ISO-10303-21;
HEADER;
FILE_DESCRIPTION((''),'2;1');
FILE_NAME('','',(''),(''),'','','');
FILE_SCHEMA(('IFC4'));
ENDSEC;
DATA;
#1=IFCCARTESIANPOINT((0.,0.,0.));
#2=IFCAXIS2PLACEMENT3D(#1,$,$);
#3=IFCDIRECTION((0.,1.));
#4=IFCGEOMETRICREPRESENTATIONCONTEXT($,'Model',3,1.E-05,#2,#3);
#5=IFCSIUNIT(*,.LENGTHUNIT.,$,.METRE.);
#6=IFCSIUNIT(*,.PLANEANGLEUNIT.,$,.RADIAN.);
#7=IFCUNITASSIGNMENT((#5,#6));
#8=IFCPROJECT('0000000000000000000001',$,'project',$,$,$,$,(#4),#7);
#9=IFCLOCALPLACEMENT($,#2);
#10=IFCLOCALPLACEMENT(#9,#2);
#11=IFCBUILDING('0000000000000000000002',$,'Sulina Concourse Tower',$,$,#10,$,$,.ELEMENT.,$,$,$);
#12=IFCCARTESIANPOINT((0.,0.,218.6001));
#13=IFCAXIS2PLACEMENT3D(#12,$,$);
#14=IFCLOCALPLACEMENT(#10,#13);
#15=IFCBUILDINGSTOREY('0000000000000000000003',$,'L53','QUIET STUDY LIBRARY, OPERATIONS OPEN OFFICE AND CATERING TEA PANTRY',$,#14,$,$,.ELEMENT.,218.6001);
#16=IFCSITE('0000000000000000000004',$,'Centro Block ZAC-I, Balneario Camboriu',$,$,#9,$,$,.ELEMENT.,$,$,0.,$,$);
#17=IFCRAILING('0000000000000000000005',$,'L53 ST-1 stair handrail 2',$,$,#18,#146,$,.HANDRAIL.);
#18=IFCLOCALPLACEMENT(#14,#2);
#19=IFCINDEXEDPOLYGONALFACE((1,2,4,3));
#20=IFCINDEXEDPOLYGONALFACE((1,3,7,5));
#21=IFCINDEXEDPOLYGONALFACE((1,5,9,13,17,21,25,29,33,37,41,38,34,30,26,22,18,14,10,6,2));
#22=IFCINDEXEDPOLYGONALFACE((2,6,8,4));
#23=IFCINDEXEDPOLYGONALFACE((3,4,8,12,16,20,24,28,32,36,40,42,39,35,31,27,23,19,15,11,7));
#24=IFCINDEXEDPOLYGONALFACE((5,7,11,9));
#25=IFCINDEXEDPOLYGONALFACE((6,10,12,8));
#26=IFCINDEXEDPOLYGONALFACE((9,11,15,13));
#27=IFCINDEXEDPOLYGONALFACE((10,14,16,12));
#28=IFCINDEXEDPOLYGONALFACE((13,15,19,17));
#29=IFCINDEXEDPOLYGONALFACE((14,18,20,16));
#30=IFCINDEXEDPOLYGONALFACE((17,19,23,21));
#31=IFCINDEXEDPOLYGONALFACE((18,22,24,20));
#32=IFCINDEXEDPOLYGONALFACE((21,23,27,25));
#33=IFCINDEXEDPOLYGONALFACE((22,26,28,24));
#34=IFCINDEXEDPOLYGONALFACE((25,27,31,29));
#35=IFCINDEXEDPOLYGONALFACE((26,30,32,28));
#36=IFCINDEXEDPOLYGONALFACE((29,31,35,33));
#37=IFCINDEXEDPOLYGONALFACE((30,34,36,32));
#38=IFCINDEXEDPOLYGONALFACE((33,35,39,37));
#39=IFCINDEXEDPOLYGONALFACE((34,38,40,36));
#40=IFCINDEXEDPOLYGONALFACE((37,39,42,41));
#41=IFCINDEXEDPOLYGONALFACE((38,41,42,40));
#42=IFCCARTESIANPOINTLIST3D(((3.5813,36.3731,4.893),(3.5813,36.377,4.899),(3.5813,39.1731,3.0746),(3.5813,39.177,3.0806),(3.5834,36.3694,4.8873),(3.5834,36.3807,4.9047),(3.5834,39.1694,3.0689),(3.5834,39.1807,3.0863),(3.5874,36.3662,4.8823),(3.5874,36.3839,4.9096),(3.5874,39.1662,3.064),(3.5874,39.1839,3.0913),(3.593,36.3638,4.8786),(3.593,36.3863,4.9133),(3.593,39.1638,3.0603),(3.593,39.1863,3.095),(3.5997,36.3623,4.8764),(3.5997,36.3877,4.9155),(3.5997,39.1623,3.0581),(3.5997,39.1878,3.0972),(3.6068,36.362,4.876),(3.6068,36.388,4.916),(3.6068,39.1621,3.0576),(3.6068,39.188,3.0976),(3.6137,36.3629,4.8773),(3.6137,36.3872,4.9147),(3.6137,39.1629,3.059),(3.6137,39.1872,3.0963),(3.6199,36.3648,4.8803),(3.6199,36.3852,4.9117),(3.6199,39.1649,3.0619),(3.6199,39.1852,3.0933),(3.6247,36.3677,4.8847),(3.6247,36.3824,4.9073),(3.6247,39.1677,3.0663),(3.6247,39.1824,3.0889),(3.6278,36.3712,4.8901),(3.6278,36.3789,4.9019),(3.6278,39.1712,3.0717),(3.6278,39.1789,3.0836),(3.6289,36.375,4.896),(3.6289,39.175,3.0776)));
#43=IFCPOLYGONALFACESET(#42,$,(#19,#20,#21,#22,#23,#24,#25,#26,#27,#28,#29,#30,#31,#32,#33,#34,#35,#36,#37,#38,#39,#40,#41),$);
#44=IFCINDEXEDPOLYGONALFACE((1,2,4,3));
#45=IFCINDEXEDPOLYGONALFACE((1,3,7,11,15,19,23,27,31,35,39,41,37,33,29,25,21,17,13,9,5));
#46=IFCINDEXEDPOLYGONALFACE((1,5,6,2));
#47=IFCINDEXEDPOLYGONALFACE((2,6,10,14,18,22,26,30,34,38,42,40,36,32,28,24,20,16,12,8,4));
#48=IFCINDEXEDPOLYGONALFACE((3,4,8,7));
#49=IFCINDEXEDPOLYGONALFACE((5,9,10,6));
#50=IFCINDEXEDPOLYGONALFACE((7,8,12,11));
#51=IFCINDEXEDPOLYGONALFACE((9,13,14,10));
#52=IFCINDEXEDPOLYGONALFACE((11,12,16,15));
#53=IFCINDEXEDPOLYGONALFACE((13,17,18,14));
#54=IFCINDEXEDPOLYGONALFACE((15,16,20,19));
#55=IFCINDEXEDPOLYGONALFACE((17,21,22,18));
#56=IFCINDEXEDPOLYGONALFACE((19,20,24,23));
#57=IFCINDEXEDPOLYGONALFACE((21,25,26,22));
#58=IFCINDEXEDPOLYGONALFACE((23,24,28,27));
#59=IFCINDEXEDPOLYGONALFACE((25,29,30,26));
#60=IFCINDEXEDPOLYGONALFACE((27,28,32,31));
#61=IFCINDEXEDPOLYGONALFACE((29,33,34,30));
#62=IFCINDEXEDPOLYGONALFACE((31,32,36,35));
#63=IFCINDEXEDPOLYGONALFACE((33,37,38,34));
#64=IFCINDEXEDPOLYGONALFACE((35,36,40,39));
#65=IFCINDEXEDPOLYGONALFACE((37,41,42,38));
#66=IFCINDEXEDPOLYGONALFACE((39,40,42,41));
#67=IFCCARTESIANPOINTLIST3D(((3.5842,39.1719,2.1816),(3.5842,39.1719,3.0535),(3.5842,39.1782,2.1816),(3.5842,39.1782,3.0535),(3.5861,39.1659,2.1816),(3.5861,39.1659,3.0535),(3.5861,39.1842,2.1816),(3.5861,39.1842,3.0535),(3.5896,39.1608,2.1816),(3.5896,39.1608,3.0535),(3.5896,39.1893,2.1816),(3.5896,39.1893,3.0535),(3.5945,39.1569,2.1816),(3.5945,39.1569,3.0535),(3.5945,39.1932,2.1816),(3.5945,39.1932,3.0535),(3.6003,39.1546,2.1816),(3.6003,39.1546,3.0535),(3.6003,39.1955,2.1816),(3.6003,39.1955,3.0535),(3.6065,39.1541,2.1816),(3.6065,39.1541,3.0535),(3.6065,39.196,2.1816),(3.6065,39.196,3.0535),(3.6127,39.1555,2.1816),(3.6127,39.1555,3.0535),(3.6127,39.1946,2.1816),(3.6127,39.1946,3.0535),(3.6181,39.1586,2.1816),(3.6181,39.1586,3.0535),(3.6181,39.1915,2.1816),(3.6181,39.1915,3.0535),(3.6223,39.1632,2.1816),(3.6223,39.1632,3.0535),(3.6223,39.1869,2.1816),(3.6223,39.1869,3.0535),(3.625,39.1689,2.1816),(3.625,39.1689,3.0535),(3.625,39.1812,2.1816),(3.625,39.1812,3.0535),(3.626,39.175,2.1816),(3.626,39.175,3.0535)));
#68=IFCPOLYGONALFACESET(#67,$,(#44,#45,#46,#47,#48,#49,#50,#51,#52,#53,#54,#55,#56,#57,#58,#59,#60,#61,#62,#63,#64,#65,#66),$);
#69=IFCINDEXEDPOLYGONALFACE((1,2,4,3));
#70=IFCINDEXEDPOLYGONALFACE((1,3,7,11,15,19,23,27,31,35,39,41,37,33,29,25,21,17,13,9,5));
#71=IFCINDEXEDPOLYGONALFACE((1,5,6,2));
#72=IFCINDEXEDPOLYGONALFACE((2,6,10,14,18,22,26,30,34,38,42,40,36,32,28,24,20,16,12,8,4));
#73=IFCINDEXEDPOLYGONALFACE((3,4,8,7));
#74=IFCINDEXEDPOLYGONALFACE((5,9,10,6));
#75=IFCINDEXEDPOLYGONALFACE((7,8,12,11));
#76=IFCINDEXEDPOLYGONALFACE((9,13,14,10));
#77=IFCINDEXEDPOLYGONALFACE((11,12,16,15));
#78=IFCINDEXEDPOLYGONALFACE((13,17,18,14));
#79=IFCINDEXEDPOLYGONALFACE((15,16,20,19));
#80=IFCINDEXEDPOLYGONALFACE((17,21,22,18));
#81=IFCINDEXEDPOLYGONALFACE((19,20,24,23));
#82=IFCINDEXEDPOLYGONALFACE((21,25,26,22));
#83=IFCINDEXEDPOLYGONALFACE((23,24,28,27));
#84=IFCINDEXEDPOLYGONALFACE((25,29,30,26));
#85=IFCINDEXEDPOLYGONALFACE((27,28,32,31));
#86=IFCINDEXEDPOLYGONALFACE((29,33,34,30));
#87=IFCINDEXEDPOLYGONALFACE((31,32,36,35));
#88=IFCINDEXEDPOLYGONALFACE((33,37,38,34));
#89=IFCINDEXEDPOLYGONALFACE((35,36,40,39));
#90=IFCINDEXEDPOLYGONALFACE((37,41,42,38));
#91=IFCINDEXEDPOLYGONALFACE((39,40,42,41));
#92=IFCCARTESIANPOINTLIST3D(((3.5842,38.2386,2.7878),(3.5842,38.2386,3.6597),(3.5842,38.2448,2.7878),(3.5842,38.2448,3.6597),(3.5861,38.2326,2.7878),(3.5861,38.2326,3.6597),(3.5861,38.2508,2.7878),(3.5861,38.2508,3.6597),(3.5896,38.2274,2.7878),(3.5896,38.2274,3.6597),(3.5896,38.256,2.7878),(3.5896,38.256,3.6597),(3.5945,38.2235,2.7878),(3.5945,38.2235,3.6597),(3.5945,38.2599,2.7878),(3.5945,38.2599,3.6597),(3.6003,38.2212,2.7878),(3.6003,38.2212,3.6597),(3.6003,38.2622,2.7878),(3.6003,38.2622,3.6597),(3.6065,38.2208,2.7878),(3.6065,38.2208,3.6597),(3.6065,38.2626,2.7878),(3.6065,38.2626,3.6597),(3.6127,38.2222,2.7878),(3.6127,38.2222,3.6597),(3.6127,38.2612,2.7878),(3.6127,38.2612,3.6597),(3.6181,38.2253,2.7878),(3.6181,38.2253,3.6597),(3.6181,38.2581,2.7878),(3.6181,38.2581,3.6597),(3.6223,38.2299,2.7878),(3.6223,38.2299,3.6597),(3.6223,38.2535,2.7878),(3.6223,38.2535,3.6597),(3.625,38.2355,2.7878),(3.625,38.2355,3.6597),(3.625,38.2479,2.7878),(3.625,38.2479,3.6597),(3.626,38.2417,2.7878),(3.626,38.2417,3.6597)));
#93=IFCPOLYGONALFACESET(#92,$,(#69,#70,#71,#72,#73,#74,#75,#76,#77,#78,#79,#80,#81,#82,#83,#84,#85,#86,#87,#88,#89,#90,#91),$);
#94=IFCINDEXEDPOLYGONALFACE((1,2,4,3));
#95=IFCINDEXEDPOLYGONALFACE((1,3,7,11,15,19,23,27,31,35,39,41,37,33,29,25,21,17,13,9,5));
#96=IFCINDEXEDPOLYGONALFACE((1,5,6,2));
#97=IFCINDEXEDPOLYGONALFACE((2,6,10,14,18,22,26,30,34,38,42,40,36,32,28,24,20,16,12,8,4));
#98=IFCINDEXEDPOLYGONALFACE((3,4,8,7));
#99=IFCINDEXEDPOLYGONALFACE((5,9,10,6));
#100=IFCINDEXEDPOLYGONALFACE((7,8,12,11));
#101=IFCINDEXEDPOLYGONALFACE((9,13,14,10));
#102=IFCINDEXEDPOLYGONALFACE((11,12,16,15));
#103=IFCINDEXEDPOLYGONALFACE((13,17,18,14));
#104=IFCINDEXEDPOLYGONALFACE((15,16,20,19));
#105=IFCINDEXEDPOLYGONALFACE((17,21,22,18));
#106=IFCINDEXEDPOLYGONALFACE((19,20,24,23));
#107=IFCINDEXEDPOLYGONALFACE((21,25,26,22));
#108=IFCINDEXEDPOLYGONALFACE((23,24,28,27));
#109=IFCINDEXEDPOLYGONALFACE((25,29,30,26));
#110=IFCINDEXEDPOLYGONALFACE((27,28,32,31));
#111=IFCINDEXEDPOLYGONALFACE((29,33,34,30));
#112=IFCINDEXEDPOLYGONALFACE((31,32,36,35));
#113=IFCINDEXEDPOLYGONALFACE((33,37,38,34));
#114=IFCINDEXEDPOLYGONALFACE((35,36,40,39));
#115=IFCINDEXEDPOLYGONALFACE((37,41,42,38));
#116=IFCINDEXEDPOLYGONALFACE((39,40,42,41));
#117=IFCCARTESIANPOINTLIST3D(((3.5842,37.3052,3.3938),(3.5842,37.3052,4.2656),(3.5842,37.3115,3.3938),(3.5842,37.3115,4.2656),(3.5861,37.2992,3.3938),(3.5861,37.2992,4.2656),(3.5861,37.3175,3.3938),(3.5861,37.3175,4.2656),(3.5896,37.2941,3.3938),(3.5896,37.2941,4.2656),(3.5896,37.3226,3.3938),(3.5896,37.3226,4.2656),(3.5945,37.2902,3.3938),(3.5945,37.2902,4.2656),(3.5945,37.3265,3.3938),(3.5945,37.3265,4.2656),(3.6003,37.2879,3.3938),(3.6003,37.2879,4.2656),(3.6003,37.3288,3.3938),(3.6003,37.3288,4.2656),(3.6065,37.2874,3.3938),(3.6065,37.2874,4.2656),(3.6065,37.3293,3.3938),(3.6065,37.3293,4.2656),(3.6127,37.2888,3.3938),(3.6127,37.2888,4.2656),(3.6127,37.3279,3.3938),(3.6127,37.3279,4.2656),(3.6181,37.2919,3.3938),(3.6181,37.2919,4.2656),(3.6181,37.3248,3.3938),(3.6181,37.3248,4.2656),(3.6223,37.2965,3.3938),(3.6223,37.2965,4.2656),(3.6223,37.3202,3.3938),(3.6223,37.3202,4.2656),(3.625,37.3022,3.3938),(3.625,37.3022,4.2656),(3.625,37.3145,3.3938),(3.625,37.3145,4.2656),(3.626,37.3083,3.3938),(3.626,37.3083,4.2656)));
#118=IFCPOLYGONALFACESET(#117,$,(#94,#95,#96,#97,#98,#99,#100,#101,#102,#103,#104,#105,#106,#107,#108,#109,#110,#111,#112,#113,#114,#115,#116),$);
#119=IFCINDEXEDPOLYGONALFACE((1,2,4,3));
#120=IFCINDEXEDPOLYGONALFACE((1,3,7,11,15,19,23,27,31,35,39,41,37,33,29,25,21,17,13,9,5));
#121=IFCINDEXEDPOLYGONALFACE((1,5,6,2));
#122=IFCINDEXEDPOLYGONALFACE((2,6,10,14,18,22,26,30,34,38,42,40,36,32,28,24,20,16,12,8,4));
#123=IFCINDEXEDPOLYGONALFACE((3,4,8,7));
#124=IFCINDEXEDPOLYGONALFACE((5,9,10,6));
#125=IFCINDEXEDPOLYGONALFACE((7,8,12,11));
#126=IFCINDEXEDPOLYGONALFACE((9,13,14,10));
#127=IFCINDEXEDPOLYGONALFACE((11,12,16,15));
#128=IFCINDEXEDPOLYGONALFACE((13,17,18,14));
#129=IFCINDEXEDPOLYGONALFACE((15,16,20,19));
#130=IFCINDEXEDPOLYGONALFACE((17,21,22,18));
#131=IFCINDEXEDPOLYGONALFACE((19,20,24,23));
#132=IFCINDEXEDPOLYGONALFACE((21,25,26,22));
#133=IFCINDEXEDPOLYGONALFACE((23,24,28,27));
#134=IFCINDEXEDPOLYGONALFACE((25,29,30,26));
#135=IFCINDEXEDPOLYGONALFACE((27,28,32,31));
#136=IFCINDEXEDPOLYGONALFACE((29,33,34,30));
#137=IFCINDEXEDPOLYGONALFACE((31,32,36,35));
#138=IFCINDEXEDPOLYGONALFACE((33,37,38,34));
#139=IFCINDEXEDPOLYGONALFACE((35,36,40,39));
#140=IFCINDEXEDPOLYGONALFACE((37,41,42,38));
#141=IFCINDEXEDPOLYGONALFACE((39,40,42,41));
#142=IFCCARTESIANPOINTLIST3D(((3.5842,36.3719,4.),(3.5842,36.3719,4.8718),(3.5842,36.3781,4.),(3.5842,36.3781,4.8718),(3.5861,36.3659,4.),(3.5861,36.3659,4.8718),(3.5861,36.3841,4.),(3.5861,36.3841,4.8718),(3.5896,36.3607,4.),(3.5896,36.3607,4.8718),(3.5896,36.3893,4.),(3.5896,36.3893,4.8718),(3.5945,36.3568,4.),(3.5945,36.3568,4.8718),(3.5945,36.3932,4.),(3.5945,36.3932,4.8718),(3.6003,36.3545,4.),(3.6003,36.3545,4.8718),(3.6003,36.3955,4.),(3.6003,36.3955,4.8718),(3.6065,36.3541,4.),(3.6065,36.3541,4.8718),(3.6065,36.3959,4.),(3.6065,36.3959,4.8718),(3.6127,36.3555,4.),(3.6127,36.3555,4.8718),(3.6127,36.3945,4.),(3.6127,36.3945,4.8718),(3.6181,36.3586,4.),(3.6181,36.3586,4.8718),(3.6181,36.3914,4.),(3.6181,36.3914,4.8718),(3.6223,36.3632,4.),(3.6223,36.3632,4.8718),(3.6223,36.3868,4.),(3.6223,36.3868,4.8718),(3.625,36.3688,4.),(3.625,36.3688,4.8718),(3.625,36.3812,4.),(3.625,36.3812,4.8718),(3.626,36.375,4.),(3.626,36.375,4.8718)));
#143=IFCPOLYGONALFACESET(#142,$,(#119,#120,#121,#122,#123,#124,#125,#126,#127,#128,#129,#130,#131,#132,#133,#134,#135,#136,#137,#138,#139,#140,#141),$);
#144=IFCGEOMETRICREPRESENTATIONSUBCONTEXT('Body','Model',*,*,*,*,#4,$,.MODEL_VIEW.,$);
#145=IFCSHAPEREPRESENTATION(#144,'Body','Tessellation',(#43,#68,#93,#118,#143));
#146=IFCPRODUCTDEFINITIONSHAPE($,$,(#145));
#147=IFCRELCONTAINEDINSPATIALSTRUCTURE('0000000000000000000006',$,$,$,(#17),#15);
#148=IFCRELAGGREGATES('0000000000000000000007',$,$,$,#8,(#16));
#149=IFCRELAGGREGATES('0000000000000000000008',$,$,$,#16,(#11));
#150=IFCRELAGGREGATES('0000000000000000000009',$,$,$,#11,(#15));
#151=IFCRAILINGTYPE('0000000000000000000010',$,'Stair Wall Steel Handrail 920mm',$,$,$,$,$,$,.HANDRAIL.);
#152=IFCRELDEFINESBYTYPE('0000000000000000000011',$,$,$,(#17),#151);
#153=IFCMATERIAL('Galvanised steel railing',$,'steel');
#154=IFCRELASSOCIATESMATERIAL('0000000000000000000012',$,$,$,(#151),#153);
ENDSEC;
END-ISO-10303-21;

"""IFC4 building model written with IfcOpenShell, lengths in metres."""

from ifc_helpers import new_model, si_unit, direction, frame, origin, origin_2d, place, context, subcontext, project, spatial, circle, extrude, material, type_object, element, save


model = new_model("IFC4")

# Units and contexts
model_context = context("Model", 3, precision=1e-05, world=origin(), true_north=direction((0.0, 1.0)))
body_context = subcontext(model_context, "Body", "Model", "MODEL_VIEW")
ifc_project = project(units=[si_unit("LENGTHUNIT", "METRE"), si_unit("PLANEANGLEUNIT", "RADIAN")], contexts=[model_context])

# Site, building, storey
site_placement = place(None, origin())
site = spatial("IfcSite", under=ifc_project, at=site_placement, Name="Centro Block ZAC-I, Balneario Camboriu", CompositionType="ELEMENT", RefElevation=0.0)
building_placement = place(site_placement, origin())
building = spatial("IfcBuilding", under=site, at=building_placement, Name="Sulina Concourse Tower", CompositionType="ELEMENT")
storey_placement = place(building_placement, frame((0.0, 0.0, 218.6001)))
storey = spatial("IfcBuildingStorey", under=building, at=storey_placement, Name="L53", Description="QUIET STUDY LIBRARY, OPERATIONS OPEN OFFICE AND CATERING TEA PANTRY", CompositionType="ELEMENT", Elevation=218.6001)

# Railing
ifc_material_1 = material(Name="Galvanised steel railing", Category="steel")
railing_type_1 = type_object("IfcRailingType", Name="Stair Wall Steel Handrail 920mm", PredefinedType="HANDRAIL", material=ifc_material_1)
railing_1_placement = place(storey_placement, frame((3.605, 39.175, 2.1816)))
element("IfcRailing", 1, at=railing_1_placement, inside=storey, type_object=railing_type_1, Name="L53 ST-1 stair handrail 2", PredefinedType="HANDRAIL", context=body_context, shape_type="SweptSolid", body=[
    extrude(circle(Radius=0.0239, at=origin_2d()), frame((0.0, 0.0, 0.896), z_axis=(0.0, -0.838672, 0.544636), x_axis=(1.0, 0.0, 0.0)), (0.0, 0.0, 1.0), 3.3386),
    extrude(circle(Radius=0.021, at=origin_2d()), origin(), (0.0, 0.0, 1.0), 0.8718),
    extrude(circle(Radius=0.021, at=origin_2d()), frame((0.0, -0.9333, 0.6062)), (0.0, 0.0, 1.0), 0.8718),
    extrude(circle(Radius=0.021, at=origin_2d()), frame((0.0, -1.8667, 1.2122)), (0.0, 0.0, 1.0), 0.8718),
    extrude(circle(Radius=0.021, at=origin_2d()), frame((0.0, -2.8, 1.8184)), (0.0, 0.0, 1.0), 0.8718),
])

save(model, "model.ifc")
